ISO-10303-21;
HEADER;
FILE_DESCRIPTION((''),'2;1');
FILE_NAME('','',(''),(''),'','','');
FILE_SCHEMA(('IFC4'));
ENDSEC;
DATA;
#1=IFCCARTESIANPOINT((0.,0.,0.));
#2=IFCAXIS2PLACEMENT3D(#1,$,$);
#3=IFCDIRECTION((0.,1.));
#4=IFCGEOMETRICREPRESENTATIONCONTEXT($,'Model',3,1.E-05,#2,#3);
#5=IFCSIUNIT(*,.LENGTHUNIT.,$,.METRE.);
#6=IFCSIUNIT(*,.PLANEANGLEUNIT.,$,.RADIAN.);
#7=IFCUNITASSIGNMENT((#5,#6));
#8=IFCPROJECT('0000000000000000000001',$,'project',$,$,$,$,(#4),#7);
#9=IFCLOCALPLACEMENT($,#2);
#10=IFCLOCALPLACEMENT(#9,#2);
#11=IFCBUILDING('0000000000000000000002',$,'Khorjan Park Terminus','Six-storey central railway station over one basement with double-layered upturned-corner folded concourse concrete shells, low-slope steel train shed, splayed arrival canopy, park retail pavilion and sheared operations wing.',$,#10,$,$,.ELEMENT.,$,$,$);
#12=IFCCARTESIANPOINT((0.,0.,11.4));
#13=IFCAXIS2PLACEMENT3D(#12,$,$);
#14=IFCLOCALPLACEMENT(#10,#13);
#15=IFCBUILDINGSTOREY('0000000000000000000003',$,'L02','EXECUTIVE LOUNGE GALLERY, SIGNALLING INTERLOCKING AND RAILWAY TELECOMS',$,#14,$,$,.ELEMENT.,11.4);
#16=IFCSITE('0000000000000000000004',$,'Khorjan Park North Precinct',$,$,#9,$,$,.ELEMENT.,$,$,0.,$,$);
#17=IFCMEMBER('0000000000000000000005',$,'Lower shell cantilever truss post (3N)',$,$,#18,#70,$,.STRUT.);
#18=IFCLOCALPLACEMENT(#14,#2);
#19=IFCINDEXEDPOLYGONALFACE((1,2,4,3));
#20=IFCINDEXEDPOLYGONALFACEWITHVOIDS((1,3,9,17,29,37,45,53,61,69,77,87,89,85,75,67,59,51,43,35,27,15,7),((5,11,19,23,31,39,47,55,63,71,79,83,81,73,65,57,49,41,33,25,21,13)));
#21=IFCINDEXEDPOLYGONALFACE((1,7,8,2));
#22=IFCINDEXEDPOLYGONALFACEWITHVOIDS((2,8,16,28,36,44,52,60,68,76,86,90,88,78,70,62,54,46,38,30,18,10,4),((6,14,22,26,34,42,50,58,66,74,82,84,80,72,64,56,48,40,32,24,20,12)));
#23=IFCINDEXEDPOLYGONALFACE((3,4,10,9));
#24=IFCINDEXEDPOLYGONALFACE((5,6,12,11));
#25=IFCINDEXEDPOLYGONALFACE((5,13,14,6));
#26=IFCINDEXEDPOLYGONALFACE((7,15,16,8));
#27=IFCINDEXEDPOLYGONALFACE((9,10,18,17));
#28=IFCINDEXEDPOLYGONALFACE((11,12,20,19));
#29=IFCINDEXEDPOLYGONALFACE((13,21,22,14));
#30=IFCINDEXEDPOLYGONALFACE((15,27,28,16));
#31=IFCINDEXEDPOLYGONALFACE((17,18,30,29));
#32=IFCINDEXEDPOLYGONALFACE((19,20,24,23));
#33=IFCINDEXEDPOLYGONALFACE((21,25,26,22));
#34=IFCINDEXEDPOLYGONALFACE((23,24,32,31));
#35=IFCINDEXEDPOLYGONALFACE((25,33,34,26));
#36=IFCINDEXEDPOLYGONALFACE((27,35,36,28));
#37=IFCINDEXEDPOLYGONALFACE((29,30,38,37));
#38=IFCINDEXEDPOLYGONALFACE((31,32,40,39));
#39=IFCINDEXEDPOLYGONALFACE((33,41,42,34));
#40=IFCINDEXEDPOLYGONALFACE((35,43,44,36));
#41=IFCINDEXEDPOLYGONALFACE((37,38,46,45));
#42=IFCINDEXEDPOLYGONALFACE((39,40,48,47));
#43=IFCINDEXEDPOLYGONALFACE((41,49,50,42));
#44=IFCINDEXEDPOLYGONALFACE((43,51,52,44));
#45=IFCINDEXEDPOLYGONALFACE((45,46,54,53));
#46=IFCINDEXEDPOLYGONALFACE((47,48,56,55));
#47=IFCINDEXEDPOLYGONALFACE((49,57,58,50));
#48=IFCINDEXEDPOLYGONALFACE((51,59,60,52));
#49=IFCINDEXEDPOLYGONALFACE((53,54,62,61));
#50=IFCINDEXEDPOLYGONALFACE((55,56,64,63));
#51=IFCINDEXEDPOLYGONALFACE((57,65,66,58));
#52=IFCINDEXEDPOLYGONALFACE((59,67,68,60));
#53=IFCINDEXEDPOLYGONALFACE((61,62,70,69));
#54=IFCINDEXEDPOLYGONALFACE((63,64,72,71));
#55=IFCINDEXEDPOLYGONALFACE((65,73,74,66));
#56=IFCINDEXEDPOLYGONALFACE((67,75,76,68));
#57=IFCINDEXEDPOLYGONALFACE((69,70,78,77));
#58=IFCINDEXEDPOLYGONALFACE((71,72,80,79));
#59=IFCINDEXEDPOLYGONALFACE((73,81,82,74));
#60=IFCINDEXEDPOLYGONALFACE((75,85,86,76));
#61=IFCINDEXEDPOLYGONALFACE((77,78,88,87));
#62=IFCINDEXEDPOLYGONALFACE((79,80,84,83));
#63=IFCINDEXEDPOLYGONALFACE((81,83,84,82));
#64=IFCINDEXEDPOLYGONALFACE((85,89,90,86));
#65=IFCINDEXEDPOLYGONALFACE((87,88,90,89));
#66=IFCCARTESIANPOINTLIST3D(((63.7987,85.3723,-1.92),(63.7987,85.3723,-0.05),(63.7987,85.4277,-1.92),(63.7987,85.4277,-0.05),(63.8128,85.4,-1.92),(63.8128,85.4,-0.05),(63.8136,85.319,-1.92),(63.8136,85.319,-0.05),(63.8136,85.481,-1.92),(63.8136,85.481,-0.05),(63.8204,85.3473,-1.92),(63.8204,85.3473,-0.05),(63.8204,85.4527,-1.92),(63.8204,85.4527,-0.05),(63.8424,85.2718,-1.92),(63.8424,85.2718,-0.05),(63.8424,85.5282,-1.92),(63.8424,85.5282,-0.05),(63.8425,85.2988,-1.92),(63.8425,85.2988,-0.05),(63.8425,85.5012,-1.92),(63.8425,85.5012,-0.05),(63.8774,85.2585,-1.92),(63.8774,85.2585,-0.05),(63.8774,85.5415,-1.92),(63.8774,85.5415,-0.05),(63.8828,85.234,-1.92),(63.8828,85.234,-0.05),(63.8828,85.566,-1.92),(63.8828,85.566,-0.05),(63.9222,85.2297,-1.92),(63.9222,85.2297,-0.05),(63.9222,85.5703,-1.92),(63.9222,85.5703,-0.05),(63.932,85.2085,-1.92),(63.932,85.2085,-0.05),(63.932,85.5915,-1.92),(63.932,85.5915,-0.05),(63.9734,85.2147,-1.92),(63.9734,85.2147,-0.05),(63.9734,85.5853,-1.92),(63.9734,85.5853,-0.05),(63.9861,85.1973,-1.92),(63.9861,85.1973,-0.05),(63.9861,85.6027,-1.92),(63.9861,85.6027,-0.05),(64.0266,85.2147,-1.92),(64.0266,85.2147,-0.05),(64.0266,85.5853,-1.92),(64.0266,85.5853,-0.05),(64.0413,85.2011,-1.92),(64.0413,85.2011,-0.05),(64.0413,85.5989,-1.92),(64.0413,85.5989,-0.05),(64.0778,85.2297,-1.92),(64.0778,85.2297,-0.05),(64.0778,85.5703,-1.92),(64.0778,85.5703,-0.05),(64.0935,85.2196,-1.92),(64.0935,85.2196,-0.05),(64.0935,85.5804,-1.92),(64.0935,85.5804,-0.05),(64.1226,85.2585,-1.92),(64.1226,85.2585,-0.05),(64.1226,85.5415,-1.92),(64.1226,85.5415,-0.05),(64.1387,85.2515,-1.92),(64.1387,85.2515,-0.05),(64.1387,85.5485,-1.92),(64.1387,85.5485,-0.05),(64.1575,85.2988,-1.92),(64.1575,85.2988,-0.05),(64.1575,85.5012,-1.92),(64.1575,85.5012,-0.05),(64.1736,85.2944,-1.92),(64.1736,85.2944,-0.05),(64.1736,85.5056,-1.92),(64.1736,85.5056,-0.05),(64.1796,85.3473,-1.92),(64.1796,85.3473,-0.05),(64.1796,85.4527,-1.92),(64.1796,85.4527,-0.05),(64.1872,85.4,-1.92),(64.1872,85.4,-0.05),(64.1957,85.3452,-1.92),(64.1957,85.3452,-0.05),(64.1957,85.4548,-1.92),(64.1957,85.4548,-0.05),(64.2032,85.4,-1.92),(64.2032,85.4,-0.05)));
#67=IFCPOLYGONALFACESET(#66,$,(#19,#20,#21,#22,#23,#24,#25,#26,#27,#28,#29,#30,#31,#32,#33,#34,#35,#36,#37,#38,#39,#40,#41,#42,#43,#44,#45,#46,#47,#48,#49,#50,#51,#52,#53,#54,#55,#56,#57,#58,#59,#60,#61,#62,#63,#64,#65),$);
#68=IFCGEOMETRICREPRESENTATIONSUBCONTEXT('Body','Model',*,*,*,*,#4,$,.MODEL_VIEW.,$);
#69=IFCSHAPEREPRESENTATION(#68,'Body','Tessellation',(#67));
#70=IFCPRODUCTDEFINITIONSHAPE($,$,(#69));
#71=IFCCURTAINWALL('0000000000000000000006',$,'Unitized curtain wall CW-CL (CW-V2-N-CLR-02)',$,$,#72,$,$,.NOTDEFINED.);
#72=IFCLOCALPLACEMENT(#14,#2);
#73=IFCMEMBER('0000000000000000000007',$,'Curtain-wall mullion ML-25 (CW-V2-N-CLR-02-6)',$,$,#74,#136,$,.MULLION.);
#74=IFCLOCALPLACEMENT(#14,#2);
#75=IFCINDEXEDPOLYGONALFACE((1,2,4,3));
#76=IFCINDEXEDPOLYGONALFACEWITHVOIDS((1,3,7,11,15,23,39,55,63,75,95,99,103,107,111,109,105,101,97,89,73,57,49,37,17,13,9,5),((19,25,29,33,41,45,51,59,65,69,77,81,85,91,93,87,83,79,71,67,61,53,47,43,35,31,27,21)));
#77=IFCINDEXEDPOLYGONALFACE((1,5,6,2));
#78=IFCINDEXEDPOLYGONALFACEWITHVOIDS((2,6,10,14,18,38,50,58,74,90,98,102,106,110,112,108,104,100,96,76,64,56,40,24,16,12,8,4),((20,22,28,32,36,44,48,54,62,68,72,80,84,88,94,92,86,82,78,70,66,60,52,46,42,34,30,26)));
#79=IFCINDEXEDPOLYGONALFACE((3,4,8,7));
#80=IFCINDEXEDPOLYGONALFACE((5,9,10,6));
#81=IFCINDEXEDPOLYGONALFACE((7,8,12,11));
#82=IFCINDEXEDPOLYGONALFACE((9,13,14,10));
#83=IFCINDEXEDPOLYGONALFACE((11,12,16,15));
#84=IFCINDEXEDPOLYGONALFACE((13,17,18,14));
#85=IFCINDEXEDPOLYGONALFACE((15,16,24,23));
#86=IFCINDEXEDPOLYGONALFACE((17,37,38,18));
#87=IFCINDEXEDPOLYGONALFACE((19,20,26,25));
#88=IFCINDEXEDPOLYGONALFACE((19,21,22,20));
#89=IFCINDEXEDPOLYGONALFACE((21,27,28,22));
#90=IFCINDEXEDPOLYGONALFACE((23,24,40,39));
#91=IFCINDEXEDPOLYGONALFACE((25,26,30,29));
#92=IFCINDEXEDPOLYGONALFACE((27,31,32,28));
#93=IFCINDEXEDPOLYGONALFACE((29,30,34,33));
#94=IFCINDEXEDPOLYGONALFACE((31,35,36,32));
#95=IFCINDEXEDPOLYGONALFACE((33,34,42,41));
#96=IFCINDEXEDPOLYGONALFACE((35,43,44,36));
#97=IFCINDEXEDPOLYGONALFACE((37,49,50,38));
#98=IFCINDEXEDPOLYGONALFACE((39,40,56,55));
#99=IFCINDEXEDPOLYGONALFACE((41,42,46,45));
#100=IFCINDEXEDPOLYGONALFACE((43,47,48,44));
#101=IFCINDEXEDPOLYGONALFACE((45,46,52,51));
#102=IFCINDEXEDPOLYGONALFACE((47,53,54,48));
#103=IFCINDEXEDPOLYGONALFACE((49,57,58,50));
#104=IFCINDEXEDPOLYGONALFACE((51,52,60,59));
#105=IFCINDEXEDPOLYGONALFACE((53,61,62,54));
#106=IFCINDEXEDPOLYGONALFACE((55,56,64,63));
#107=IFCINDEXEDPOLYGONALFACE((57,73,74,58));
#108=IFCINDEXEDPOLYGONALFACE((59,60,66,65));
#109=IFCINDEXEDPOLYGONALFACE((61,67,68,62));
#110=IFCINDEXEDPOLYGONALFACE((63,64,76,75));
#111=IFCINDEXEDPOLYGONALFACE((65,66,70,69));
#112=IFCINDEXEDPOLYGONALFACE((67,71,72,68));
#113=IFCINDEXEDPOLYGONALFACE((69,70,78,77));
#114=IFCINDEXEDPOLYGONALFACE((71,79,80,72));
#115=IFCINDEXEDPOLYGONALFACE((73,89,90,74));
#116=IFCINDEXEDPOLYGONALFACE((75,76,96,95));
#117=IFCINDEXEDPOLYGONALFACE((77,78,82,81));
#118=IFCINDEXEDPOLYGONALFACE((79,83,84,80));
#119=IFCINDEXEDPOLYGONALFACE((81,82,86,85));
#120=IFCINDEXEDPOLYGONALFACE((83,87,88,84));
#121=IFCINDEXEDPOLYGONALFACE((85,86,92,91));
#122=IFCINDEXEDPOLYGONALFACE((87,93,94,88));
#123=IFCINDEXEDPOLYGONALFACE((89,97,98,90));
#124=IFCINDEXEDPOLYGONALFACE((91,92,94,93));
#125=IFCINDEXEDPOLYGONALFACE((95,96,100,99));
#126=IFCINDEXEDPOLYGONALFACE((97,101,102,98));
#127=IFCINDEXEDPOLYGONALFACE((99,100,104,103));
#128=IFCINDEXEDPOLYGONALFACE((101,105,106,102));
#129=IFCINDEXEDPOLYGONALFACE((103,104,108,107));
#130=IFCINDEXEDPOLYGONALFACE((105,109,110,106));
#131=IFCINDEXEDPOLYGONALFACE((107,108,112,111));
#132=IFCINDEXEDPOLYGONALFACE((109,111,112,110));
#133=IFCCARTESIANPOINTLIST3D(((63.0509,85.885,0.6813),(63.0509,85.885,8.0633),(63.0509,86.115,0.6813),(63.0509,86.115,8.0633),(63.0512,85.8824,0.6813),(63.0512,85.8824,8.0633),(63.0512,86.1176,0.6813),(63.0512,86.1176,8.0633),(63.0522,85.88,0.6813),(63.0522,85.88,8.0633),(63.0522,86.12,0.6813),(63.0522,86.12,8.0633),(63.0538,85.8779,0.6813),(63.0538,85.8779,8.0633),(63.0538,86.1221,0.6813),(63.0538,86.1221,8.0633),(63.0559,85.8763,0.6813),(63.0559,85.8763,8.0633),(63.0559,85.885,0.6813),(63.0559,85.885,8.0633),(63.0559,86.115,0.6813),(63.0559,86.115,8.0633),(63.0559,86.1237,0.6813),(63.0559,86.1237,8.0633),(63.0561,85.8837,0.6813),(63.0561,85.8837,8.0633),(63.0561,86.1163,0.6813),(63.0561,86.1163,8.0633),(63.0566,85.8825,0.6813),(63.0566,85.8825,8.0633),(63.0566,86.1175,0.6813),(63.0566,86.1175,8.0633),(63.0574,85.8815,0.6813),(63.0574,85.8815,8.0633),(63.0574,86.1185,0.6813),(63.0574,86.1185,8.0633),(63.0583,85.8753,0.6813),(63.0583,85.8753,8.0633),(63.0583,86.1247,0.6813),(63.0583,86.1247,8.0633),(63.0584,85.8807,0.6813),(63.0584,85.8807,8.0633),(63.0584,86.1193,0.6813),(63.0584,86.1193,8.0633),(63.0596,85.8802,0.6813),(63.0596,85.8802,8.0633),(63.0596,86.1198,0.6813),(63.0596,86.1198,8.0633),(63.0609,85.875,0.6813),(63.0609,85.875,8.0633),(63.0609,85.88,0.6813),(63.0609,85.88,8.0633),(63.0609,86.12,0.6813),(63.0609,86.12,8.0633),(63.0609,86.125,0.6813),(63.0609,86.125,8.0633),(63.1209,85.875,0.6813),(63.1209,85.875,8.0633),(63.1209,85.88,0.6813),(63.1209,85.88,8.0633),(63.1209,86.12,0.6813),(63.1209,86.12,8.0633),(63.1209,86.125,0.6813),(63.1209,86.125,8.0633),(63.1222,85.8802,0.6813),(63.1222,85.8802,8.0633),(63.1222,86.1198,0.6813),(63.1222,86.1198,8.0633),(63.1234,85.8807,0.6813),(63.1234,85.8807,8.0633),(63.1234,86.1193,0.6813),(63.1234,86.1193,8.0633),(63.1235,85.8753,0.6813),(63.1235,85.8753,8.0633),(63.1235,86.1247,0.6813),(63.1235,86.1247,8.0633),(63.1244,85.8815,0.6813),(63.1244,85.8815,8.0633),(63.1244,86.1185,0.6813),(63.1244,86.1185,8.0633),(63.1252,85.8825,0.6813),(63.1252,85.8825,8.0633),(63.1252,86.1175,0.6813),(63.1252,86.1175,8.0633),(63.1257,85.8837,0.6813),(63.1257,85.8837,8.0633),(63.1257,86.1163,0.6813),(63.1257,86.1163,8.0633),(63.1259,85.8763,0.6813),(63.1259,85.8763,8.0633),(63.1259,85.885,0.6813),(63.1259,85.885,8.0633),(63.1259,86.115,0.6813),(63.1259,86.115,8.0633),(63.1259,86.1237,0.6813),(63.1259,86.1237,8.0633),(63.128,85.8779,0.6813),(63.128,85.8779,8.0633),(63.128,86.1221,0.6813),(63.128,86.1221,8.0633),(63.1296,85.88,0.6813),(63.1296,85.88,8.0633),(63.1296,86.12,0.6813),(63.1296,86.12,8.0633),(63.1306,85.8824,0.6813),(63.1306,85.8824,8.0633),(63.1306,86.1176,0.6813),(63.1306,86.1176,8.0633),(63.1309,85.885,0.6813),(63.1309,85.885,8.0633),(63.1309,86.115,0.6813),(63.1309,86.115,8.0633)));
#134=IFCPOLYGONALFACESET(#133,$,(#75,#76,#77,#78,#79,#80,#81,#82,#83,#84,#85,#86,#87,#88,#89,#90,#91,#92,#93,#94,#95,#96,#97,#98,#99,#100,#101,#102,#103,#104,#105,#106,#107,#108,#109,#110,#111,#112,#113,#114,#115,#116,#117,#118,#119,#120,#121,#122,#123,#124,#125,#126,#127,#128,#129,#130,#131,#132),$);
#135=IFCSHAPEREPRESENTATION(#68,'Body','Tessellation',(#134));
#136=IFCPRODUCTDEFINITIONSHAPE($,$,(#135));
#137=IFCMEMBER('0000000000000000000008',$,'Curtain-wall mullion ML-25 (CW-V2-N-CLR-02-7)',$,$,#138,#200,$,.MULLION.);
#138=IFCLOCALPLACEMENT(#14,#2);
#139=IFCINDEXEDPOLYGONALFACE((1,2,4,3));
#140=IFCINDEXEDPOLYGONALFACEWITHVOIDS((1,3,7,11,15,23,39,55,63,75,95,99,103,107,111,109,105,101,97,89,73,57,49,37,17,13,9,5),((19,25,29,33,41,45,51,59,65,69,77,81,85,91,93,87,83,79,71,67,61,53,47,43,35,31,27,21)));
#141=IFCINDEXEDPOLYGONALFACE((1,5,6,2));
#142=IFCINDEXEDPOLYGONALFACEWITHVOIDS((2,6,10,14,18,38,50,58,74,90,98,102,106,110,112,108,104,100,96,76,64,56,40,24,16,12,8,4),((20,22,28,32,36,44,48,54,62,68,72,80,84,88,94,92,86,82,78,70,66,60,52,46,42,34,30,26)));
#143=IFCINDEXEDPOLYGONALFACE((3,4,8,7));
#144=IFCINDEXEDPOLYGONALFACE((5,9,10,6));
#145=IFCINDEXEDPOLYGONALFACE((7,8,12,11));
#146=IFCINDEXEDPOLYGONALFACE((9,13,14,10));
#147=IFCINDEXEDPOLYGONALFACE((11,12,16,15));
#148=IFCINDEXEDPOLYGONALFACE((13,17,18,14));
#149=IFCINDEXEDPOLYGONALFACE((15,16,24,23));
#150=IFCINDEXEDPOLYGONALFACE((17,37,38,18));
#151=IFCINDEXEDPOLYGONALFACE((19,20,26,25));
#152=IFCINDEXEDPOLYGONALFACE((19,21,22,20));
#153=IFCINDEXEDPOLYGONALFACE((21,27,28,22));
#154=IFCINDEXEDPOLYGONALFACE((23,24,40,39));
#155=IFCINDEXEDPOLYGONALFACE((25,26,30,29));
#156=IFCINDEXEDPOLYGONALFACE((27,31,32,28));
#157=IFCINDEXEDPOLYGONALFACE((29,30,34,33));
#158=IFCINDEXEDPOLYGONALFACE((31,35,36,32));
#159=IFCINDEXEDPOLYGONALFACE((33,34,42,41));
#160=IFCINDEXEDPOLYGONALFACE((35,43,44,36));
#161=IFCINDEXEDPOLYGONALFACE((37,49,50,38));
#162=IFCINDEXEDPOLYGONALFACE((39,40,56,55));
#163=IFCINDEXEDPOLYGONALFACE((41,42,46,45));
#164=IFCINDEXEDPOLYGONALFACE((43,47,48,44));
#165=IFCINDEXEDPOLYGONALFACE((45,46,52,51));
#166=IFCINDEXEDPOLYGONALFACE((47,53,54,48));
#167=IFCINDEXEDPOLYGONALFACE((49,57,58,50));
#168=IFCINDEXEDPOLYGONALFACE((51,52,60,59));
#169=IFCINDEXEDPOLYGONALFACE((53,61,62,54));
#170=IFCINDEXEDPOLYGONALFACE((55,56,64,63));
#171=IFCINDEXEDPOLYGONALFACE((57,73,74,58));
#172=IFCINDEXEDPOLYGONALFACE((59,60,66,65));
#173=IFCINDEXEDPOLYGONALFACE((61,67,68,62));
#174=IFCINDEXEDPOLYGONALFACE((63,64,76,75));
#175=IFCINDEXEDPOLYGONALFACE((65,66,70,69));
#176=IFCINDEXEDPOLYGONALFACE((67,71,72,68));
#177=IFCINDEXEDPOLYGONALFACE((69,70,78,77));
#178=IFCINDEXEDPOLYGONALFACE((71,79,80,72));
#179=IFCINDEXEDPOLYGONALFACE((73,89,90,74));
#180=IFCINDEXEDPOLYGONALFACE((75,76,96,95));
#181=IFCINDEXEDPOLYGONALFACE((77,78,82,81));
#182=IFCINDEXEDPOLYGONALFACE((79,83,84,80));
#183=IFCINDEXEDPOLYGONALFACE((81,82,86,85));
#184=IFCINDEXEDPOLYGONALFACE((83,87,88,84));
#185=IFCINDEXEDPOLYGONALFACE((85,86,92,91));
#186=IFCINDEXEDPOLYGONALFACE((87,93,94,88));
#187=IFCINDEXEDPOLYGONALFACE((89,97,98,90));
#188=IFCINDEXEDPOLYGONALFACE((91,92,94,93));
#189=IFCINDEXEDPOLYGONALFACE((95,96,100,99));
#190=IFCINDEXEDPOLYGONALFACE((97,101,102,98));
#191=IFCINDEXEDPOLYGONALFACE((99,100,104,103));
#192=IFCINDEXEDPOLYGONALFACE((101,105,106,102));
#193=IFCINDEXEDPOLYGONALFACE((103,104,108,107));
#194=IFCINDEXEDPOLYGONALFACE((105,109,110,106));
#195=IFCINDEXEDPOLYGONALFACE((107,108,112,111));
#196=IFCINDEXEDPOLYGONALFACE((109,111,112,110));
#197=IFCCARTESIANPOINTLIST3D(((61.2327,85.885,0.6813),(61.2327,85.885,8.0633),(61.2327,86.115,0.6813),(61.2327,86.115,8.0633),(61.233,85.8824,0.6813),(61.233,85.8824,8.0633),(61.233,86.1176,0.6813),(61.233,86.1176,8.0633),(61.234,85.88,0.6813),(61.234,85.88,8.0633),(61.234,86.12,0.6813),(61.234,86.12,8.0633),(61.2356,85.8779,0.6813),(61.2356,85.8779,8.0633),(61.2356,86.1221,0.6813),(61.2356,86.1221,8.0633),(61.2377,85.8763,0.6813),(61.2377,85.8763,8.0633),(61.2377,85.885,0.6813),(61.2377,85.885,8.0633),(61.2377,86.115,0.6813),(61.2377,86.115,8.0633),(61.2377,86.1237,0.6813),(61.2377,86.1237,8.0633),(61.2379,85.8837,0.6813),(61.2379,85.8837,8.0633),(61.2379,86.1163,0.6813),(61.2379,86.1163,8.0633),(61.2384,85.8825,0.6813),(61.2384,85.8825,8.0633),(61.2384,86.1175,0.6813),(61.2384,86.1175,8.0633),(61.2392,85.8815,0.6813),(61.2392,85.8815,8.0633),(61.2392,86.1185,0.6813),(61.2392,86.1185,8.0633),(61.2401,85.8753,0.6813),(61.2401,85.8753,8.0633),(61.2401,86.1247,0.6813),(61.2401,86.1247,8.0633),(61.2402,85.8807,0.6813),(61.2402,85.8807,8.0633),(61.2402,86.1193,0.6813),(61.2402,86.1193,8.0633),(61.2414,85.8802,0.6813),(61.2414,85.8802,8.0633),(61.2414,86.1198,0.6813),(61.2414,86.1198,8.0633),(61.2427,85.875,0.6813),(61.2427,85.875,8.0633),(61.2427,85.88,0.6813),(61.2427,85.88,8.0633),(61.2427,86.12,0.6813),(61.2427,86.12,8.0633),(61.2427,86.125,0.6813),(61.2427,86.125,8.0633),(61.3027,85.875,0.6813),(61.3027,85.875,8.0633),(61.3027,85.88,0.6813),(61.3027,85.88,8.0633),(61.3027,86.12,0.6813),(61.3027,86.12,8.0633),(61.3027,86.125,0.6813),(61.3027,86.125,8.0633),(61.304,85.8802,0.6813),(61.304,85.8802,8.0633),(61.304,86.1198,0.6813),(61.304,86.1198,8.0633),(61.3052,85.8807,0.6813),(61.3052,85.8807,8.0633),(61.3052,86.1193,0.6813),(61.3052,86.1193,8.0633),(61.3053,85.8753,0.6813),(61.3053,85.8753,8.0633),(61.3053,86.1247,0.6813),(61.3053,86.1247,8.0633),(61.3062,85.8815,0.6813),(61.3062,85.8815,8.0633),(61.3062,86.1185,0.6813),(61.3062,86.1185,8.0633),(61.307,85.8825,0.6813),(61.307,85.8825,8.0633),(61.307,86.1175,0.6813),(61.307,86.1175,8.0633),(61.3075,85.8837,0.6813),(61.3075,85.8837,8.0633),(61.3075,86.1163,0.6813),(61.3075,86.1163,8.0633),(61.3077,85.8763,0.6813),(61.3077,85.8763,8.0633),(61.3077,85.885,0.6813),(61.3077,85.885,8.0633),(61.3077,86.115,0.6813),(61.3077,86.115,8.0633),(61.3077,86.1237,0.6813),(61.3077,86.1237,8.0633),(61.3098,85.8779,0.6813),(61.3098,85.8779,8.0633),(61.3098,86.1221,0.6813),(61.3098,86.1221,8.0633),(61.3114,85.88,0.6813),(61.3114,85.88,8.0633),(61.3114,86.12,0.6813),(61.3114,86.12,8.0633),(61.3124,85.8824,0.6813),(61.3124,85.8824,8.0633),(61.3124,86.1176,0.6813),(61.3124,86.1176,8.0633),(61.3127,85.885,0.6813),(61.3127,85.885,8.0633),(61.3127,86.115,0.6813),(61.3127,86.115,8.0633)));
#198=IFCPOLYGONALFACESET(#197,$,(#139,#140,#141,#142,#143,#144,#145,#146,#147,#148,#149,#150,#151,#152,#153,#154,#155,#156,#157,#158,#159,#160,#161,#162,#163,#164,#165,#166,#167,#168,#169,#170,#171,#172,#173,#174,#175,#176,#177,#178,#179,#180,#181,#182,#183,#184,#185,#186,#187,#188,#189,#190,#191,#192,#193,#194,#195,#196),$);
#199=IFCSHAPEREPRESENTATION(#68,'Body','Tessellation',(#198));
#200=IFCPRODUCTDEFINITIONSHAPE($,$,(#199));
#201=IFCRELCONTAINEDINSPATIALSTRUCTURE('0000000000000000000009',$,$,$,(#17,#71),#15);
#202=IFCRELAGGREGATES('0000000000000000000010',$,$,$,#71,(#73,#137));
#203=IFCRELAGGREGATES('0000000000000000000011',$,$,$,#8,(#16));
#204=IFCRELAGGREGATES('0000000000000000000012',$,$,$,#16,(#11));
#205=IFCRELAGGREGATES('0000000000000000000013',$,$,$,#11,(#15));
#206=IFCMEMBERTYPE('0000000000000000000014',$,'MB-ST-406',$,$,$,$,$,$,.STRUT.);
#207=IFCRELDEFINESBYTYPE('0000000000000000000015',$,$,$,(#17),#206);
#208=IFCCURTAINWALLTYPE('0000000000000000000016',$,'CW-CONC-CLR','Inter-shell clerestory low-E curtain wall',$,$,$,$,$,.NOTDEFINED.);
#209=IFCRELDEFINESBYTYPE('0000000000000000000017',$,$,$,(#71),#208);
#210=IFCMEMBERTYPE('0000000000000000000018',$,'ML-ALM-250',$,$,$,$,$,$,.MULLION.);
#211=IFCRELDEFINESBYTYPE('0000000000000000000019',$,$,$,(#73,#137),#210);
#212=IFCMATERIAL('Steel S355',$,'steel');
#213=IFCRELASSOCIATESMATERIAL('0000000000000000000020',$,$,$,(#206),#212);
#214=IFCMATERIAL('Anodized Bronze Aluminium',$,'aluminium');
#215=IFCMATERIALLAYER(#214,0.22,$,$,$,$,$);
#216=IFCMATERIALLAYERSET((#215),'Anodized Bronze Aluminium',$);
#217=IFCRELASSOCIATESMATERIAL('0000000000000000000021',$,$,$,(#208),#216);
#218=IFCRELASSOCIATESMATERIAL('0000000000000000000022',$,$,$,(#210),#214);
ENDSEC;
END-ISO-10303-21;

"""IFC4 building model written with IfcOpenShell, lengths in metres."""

from ifc_helpers import new_model, si_unit, direction, frame, origin, origin_2d, place, context, subcontext, project, spatial, hollow_rectangle, hollow_circle, extrude, material, layer, layer_set, material_profile, profile_set, type_object, element, aggregate, save


model = new_model("IFC4")

# Units and contexts
model_context = context("Model", 3, precision=1e-05, world=origin(), true_north=direction((0.0, 1.0)))
body_context = subcontext(model_context, "Body", "Model", "MODEL_VIEW")
ifc_project = project(units=[si_unit("LENGTHUNIT", "METRE"), si_unit("PLANEANGLEUNIT", "RADIAN")], contexts=[model_context])

# Site, building, storey
site_placement = place(None, origin())
site = spatial("IfcSite", under=ifc_project, at=site_placement, Name="Khorjan Park North Precinct", CompositionType="ELEMENT", RefElevation=0.0)
building_placement = place(site_placement, origin())
building = spatial("IfcBuilding", under=site, at=building_placement, Name="Khorjan Park Terminus", Description="Six-storey central railway station over one basement with double-layered upturned-corner folded concourse concrete shells, low-slope steel train shed, splayed arrival canopy, park retail pavilion and sheared operations wing.", CompositionType="ELEMENT")
storey_placement = place(building_placement, frame((0.0, 0.0, 11.4)))
storey = spatial("IfcBuildingStorey", under=building, at=storey_placement, Name="L02", Description="EXECUTIVE LOUNGE GALLERY, SIGNALLING INTERLOCKING AND RAILWAY TELECOMS", CompositionType="ELEMENT", Elevation=11.4)

# Member
ifc_material_1 = material(Name="Steel S355", Category="steel")
ifc_material_profile_1 = material_profile(ifc_material_1, hollow_circle(Radius=0.2032, WallThickness=0.016, at=origin_2d()), Name="CHS 406.4x16")
ifc_profile_set_1 = profile_set([ifc_material_profile_1], Name="Steel S355")
member_type_1 = type_object("IfcMemberType", Name="MB-ST-406", PredefinedType="STRUT", material=ifc_profile_set_1)
member_1_placement = place(storey_placement, frame((64.0, 85.4, -1.92), z_axis=(0.0, 0.0, 1.0), x_axis=(1.0, 0.0, 0.0)))
element("IfcMember", 1, at=member_1_placement, inside=storey, type_object=member_type_1, Name="Lower shell cantilever truss post (3N)", PredefinedType="STRUT", context=body_context, shape_type="SweptSolid", body=[
    extrude(hollow_circle(Radius=0.2032, WallThickness=0.016, at=origin_2d()), origin(), (0.0, 0.0, 1.0), 1.87),
])

# Curtain wall, members
ifc_material_2 = material(Name="Anodized Bronze Aluminium", Category="aluminium")
ifc_layer_1 = layer(ifc_material_2, 0.22)
ifc_layer_set_1 = layer_set([ifc_layer_1], Name="Anodized Bronze Aluminium")
curtain_wall_type = type_object("IfcCurtainWallType", Name="CW-CONC-CLR", Description="Inter-shell clerestory low-E curtain wall", PredefinedType="NOTDEFINED", material=ifc_layer_set_1)
curtain_wall_placement = place(storey_placement, origin())
curtain_wall = element("IfcCurtainWall", 2, at=curtain_wall_placement, inside=storey, type_object=curtain_wall_type, Name="Unitized curtain wall CW-CL (CW-V2-N-CLR-02)", PredefinedType="NOTDEFINED")
ifc_material_profile_2 = material_profile(ifc_material_2, hollow_rectangle(XDim=0.08, YDim=0.25, WallThickness=0.005, InnerFilletRadius=0.005, OuterFilletRadius=0.01, at=origin_2d()), Name="ALM 80x250x5")
ifc_profile_set_2 = profile_set([ifc_material_profile_2], Name="Anodized Bronze Aluminium")
member_type_2 = type_object("IfcMemberType", Name="ML-ALM-250", PredefinedType="MULLION", material=ifc_profile_set_2)
member_2_placement = place(storey_placement, frame((63.0909, 86.0, 0.6813), z_axis=(0.0, 0.0, 1.0), x_axis=(-1.0, 0.0, 0.0)))
member_2 = element("IfcMember", 3, at=member_2_placement, type_object=member_type_2, Name="Curtain-wall mullion ML-25 (CW-V2-N-CLR-02-6)", PredefinedType="MULLION", context=body_context, shape_type="SweptSolid", body=[
    extrude(hollow_rectangle(XDim=0.08, YDim=0.25, WallThickness=0.005, InnerFilletRadius=0.005, OuterFilletRadius=0.01, at=origin_2d()), origin(), (0.0, 0.0, 1.0), 7.382),
])
member_3_placement = place(storey_placement, frame((61.2727, 86.0, 0.6813), z_axis=(0.0, 0.0, 1.0), x_axis=(-1.0, 0.0, 0.0)))
member_3 = element("IfcMember", 4, at=member_3_placement, type_object=member_type_2, Name="Curtain-wall mullion ML-25 (CW-V2-N-CLR-02-7)", PredefinedType="MULLION", context=body_context, shape_type="SweptSolid", body=[
    extrude(hollow_rectangle(XDim=0.08, YDim=0.25, WallThickness=0.005, InnerFilletRadius=0.005, OuterFilletRadius=0.01, at=origin_2d()), origin(), (0.0, 0.0, 1.0), 7.382),
])

aggregate(curtain_wall, [member_2, member_3])

save(model, "model.ifc")
